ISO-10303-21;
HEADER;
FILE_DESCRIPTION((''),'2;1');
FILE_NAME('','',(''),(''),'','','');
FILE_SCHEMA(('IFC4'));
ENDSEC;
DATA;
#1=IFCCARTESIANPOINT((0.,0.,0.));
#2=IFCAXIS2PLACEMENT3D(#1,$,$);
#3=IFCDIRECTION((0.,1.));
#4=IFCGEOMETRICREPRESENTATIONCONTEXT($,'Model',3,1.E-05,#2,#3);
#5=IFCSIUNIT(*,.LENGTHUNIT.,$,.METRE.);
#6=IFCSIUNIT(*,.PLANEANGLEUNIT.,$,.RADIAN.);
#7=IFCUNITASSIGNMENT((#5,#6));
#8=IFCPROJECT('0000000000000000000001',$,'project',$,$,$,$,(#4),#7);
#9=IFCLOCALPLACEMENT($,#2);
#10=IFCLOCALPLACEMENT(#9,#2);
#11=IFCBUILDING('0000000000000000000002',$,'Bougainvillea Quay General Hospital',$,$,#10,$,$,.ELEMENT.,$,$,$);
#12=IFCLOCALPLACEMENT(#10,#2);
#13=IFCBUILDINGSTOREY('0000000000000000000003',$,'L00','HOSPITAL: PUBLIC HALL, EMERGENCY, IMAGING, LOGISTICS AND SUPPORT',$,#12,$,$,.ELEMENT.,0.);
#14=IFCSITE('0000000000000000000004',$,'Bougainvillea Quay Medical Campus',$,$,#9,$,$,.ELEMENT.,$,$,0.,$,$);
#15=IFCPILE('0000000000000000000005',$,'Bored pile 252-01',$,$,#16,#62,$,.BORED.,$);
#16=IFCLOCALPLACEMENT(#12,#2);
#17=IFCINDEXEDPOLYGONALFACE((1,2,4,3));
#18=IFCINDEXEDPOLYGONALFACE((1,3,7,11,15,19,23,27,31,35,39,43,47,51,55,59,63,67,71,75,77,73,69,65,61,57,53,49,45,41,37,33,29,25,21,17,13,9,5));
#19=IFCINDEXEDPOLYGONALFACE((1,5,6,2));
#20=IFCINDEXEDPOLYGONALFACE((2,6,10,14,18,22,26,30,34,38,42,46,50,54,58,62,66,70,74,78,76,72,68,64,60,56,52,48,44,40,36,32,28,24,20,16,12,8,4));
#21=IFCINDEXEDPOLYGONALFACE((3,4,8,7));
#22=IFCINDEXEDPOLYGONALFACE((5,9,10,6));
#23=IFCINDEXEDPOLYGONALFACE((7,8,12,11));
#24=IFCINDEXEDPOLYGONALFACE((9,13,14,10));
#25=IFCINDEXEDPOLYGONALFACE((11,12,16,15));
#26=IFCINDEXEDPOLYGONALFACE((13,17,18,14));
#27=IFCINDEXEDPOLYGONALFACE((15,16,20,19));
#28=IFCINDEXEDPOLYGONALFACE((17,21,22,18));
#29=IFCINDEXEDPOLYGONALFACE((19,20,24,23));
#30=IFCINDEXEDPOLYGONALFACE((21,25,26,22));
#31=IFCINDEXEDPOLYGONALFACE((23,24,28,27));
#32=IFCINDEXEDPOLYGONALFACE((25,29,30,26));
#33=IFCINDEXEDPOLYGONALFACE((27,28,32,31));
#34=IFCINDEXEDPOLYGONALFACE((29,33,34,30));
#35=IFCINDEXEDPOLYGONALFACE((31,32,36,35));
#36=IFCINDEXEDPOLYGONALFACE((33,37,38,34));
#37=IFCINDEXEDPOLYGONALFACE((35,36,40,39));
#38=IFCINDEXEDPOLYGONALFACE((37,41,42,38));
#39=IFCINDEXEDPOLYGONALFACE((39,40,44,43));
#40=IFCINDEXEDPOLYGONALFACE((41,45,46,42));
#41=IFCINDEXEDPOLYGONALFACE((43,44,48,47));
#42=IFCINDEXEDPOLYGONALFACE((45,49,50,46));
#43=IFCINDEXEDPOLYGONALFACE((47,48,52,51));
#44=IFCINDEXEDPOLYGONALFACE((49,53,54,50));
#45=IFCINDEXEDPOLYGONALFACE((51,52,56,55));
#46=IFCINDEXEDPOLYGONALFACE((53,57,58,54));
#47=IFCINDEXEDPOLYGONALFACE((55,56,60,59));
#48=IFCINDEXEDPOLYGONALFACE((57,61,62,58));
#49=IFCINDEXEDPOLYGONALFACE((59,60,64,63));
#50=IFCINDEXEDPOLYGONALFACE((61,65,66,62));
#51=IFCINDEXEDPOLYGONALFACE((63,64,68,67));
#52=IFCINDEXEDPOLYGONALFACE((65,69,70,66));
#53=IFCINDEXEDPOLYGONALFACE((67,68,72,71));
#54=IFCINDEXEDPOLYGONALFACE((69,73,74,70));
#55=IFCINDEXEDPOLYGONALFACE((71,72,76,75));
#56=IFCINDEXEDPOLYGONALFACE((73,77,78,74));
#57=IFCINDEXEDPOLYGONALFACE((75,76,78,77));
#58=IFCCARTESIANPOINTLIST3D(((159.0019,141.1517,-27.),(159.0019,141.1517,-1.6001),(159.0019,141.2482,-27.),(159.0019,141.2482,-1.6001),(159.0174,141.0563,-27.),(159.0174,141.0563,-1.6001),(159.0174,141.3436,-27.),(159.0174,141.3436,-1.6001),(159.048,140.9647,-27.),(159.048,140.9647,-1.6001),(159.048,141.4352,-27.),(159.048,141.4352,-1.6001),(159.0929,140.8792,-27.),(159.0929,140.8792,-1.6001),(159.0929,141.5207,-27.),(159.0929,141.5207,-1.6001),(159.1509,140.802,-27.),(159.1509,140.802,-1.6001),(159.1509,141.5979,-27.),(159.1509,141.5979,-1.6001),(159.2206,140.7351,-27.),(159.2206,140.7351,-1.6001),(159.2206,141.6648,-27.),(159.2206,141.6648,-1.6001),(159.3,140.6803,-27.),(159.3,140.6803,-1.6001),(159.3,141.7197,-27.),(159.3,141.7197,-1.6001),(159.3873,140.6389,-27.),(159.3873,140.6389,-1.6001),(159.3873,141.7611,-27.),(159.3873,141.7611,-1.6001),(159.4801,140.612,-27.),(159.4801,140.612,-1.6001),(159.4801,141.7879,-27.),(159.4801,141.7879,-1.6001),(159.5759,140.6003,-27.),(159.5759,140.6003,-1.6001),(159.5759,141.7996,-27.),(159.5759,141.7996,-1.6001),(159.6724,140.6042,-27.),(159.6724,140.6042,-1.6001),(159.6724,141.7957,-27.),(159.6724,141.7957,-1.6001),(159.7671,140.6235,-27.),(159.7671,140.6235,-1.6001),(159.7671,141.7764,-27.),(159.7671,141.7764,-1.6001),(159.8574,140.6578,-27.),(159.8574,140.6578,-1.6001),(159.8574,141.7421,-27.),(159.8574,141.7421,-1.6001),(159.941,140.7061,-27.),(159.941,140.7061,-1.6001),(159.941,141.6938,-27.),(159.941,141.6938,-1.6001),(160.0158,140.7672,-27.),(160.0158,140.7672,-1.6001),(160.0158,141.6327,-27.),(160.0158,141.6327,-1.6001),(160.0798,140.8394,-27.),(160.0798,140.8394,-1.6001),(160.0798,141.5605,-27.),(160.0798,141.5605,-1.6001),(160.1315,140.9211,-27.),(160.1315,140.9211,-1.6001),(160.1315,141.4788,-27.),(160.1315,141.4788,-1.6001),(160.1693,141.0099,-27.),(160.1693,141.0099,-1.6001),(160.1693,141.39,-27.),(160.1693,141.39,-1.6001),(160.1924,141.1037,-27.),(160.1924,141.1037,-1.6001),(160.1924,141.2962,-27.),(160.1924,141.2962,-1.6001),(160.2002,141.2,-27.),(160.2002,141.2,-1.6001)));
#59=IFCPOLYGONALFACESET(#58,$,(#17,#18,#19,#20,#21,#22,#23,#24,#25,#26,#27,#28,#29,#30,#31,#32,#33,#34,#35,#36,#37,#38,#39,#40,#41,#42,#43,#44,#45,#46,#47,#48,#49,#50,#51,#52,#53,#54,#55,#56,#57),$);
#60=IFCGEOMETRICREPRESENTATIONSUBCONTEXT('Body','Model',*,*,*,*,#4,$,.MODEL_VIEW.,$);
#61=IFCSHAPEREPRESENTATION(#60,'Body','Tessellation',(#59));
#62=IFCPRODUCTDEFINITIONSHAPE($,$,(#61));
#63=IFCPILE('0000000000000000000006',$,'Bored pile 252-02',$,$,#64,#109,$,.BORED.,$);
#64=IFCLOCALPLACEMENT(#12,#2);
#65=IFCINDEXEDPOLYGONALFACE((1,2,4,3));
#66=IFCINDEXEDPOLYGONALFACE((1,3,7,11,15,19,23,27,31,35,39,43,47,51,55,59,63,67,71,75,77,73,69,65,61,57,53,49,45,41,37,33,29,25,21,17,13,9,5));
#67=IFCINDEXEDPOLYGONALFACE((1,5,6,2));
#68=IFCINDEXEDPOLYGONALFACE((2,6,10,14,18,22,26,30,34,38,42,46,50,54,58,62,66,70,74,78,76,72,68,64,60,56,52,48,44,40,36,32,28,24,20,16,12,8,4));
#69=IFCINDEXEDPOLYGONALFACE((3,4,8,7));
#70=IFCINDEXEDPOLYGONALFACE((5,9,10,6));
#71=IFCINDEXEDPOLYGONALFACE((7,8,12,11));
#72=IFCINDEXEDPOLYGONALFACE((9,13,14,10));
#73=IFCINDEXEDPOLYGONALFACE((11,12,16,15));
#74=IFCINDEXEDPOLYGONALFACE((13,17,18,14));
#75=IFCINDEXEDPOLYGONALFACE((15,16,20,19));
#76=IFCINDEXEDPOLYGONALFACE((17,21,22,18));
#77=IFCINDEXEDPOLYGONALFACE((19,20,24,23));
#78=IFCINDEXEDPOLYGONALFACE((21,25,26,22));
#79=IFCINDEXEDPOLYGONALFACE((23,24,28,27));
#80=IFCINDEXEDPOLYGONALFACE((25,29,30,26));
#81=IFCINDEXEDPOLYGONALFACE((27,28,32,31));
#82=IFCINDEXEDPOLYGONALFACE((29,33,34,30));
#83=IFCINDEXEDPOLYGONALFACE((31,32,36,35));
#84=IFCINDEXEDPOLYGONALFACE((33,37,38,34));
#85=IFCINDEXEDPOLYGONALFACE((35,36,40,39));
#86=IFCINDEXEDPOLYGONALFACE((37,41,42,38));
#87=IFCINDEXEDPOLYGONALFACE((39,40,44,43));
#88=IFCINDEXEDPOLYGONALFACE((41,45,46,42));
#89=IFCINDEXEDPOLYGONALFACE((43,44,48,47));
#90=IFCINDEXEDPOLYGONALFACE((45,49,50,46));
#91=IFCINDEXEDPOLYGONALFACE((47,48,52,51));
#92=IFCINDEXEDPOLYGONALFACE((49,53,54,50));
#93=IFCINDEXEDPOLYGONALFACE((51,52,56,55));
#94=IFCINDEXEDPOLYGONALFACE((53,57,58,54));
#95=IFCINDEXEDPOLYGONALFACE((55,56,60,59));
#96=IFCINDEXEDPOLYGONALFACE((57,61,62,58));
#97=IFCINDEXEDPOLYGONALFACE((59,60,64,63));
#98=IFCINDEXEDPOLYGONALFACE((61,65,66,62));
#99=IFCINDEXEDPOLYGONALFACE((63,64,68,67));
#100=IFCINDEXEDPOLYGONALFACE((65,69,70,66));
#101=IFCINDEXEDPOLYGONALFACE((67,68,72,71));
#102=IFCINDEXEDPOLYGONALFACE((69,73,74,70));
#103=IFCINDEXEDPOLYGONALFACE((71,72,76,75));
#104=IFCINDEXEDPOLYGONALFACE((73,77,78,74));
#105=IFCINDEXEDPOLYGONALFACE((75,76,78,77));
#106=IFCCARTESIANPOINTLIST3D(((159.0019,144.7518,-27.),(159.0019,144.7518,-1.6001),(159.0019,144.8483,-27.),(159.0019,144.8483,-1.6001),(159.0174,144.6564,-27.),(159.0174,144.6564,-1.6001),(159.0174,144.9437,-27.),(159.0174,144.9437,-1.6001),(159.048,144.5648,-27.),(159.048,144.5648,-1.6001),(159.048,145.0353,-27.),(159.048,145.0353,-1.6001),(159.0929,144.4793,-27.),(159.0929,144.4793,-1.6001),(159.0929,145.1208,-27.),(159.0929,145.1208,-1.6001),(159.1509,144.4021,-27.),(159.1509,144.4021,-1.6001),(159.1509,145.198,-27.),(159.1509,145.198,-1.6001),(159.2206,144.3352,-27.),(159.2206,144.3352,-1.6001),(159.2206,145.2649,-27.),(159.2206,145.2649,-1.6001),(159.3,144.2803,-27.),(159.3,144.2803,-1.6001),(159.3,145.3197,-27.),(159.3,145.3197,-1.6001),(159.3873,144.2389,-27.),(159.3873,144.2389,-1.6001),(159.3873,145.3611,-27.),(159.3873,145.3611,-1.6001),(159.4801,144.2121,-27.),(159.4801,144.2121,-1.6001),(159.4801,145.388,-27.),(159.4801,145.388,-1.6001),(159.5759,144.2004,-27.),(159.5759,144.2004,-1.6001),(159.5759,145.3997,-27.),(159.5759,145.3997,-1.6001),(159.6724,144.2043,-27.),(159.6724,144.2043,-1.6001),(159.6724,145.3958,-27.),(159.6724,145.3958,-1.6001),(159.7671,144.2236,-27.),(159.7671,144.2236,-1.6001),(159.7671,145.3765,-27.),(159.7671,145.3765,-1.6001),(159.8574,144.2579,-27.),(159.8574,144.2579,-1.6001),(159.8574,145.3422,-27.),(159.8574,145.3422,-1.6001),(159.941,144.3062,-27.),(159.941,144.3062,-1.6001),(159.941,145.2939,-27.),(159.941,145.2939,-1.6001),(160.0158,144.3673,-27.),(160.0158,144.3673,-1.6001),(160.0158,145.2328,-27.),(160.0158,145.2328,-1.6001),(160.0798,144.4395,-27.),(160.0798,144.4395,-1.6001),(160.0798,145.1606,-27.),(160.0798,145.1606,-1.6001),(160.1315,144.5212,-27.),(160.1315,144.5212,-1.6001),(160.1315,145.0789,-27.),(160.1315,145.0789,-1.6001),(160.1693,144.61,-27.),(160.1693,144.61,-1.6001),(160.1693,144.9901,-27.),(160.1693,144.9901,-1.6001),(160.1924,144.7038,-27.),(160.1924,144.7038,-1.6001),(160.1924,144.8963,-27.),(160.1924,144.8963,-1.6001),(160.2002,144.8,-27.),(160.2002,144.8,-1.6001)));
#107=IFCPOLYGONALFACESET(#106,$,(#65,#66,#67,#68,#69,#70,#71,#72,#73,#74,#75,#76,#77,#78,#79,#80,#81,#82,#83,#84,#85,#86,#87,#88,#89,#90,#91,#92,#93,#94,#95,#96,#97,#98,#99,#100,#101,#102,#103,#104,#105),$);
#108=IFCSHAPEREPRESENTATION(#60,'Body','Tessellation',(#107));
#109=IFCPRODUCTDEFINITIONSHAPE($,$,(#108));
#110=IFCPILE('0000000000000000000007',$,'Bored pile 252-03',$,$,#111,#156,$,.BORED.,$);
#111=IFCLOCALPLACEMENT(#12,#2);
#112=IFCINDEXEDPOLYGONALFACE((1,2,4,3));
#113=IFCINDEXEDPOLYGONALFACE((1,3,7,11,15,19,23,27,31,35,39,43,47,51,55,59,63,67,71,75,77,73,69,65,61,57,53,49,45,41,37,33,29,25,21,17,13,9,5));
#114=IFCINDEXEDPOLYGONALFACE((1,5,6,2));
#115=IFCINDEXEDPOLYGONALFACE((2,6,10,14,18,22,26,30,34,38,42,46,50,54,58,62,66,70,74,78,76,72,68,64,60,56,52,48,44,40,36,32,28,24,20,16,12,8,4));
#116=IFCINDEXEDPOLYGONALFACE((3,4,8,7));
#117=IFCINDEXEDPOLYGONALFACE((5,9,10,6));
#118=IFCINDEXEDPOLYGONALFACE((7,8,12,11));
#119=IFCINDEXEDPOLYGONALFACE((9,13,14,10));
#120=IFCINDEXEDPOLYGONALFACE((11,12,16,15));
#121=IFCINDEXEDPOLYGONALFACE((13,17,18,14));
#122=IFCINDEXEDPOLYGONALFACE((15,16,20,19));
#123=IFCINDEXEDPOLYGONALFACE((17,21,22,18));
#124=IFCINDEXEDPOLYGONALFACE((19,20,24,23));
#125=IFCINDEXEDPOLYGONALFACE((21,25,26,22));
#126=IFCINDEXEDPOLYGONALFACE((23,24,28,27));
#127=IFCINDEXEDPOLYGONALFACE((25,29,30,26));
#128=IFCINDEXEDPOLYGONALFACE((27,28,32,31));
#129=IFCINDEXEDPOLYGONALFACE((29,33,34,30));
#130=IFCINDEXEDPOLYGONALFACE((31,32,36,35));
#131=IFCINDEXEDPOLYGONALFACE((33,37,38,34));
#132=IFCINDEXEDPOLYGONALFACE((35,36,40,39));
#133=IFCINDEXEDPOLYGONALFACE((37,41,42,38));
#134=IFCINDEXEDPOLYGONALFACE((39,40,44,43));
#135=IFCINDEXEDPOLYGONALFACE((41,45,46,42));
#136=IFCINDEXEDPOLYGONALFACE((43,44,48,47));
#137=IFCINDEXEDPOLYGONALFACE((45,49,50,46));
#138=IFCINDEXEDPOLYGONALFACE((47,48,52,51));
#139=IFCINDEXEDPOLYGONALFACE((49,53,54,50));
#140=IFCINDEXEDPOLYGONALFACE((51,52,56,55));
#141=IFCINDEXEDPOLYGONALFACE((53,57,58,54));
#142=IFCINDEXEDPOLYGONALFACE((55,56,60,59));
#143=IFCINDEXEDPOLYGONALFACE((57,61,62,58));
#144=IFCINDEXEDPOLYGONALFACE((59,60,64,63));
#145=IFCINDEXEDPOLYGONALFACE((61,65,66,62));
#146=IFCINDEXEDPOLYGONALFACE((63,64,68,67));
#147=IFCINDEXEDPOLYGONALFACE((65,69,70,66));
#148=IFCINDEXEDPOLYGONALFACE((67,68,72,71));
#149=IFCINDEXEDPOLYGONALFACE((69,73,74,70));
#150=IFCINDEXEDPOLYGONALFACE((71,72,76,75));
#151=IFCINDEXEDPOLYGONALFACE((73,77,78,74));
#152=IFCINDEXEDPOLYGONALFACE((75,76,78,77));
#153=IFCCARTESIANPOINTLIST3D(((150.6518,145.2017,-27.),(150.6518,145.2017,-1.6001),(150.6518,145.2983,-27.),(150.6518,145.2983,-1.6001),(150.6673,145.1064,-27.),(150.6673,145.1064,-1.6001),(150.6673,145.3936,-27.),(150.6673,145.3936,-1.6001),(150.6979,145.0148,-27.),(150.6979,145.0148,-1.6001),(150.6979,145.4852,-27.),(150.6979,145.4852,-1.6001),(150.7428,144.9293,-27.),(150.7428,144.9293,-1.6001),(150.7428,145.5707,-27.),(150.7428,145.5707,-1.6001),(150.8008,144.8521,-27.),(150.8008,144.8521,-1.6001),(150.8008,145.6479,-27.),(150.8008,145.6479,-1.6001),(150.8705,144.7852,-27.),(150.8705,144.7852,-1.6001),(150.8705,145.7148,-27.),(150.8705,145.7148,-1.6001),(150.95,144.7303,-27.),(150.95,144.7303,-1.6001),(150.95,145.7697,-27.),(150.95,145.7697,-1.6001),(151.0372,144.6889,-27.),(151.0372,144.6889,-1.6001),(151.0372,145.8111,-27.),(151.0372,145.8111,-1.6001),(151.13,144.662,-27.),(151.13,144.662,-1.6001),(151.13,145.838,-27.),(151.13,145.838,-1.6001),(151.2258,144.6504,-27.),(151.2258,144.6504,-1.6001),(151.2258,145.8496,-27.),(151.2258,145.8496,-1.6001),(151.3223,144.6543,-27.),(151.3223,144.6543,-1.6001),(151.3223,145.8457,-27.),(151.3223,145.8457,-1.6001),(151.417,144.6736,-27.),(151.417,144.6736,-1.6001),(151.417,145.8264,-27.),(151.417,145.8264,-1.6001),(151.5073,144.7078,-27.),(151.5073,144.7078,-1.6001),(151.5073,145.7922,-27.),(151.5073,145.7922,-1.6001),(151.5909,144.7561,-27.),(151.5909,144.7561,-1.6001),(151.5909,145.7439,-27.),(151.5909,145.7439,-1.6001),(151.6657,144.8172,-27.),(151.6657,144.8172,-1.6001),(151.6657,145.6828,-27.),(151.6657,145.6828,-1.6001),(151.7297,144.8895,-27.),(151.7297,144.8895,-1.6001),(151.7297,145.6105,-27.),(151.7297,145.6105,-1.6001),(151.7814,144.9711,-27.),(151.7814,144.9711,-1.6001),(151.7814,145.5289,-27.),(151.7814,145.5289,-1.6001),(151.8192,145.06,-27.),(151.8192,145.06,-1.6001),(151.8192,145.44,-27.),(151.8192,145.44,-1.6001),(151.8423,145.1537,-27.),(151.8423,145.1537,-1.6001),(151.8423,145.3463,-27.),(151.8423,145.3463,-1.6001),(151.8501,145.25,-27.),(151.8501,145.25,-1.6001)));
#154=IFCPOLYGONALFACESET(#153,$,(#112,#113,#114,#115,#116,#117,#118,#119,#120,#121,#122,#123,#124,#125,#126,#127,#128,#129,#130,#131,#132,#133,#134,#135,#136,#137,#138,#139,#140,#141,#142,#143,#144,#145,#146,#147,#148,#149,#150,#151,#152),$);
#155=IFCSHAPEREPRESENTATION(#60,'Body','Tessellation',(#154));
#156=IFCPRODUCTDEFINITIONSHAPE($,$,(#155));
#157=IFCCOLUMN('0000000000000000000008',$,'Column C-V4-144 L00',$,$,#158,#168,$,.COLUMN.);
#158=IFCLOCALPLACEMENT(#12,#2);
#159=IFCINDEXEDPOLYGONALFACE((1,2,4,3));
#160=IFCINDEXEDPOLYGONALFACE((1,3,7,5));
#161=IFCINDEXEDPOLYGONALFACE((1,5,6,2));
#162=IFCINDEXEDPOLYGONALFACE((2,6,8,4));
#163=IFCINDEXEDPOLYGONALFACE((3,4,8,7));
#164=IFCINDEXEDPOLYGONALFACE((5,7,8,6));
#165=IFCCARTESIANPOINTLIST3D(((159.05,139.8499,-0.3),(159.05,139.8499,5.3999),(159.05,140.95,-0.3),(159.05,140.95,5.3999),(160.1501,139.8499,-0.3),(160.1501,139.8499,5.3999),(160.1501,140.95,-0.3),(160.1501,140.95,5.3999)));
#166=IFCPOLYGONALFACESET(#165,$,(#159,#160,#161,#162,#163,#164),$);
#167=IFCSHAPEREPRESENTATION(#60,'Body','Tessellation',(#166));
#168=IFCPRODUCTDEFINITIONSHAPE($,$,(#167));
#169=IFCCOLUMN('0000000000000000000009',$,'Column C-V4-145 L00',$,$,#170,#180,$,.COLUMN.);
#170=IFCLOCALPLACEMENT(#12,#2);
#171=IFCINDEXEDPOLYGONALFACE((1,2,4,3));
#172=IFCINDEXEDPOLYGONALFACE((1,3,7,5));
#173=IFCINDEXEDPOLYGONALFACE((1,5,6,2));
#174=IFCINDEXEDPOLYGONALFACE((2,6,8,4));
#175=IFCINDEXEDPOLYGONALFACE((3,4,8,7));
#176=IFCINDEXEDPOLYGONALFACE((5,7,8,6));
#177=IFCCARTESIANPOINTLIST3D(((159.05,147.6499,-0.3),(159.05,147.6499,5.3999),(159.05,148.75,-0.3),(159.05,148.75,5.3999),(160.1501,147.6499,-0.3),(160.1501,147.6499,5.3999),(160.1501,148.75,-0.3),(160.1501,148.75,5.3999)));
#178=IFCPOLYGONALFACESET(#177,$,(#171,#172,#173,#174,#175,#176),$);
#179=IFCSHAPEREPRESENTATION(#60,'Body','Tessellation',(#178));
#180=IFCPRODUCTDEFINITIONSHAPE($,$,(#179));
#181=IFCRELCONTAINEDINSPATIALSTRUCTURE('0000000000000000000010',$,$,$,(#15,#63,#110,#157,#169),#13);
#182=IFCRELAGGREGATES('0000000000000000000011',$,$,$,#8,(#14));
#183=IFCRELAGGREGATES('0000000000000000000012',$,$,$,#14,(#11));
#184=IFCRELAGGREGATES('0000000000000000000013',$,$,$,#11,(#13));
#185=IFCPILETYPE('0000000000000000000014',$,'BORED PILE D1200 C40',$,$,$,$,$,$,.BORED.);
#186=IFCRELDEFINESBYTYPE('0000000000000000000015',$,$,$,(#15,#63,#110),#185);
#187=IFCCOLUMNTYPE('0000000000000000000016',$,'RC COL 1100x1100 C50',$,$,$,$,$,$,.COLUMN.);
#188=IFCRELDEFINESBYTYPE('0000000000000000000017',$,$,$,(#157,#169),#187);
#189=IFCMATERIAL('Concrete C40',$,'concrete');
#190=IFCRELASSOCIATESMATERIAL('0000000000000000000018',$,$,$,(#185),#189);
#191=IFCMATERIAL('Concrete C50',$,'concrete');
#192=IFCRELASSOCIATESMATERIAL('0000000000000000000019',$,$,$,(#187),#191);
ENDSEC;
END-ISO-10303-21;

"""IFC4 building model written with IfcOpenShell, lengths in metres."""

from ifc_helpers import new_model, si_unit, direction, frame, origin, origin_2d, place, context, subcontext, project, spatial, rectangle, circle, extrude, material, material_profile, profile_set, type_object, element, save


model = new_model("IFC4")

# Units and contexts
model_context = context("Model", 3, precision=1e-05, world=origin(), true_north=direction((0.0, 1.0)))
body_context = subcontext(model_context, "Body", "Model", "MODEL_VIEW")
ifc_project = project(units=[si_unit("LENGTHUNIT", "METRE"), si_unit("PLANEANGLEUNIT", "RADIAN")], contexts=[model_context])

# Site, building, storey
site_placement = place(None, origin())
site = spatial("IfcSite", under=ifc_project, at=site_placement, Name="Bougainvillea Quay Medical Campus", CompositionType="ELEMENT", RefElevation=0.0)
building_placement = place(site_placement, origin())
building = spatial("IfcBuilding", under=site, at=building_placement, Name="Bougainvillea Quay General Hospital", CompositionType="ELEMENT")
storey_placement = place(building_placement, origin())
storey = spatial("IfcBuildingStorey", under=building, at=storey_placement, Name="L00", Description="HOSPITAL: PUBLIC HALL, EMERGENCY, IMAGING, LOGISTICS AND SUPPORT", CompositionType="ELEMENT", Elevation=0.0)

# Piles
ifc_material_1 = material(Name="Concrete C40", Category="concrete")
ifc_material_profile_1 = material_profile(ifc_material_1, circle(Radius=0.6001, at=origin_2d()))
ifc_profile_set_1 = profile_set([ifc_material_profile_1], Name="Concrete C40")
pile_type = type_object("IfcPileType", Name="BORED PILE D1200 C40", PredefinedType="BORED", material=ifc_profile_set_1)
for number, where, z_axis, x_axis, name in (
    (1, (159.6001, 141.2, -1.6001), (0.0, 0.0, -1.0), (1.0, 0.0, 0.0), "Bored pile 252-01"),
    (2, (159.6001, 144.8, -1.6001), (0.0, 0.0, -1.0), (1.0, 0.0, 0.0), "Bored pile 252-02"),
    (3, (151.25, 145.25, -1.6001), (0.0, 0.0, -1.0), (1.0, 0.0, 0.0), "Bored pile 252-03"),
):
    element("IfcPile", number, at=place(storey_placement, frame(where, z_axis=z_axis, x_axis=x_axis)), inside=storey, type_object=pile_type, Name=name, PredefinedType="BORED", context=body_context, shape_type="SweptSolid", body=[
        extrude(circle(Radius=0.6001, at=origin_2d()), origin(), (0.0, 0.0, 1.0), 25.3999),
    ])

# Columns
ifc_material_2 = material(Name="Concrete C50", Category="concrete")
ifc_material_profile_2 = material_profile(ifc_material_2, rectangle(XDim=1.1001, YDim=1.1001, at=origin_2d()))
ifc_profile_set_2 = profile_set([ifc_material_profile_2], Name="Concrete C50")
column_type = type_object("IfcColumnType", Name="RC COL 1100x1100 C50", PredefinedType="COLUMN", material=ifc_profile_set_2)
for number, where, z_axis, x_axis, name in (
    (4, (159.6001, 140.3999, -0.3), (0.0, 0.0, 1.0), (1.0, 0.0, 0.0), "Column C-V4-144 L00"),
    (5, (159.6001, 148.2, -0.3), (0.0, 0.0, 1.0), (1.0, 0.0, 0.0), "Column C-V4-145 L00"),
):
    element("IfcColumn", number, at=place(storey_placement, frame(where, z_axis=z_axis, x_axis=x_axis)), inside=storey, type_object=column_type, Name=name, PredefinedType="COLUMN", context=body_context, shape_type="SweptSolid", body=[
        extrude(rectangle(XDim=1.1001, YDim=1.1001, at=origin_2d()), origin(), (0.0, 0.0, 1.0), 5.7),
    ])

save(model, "model.ifc")
